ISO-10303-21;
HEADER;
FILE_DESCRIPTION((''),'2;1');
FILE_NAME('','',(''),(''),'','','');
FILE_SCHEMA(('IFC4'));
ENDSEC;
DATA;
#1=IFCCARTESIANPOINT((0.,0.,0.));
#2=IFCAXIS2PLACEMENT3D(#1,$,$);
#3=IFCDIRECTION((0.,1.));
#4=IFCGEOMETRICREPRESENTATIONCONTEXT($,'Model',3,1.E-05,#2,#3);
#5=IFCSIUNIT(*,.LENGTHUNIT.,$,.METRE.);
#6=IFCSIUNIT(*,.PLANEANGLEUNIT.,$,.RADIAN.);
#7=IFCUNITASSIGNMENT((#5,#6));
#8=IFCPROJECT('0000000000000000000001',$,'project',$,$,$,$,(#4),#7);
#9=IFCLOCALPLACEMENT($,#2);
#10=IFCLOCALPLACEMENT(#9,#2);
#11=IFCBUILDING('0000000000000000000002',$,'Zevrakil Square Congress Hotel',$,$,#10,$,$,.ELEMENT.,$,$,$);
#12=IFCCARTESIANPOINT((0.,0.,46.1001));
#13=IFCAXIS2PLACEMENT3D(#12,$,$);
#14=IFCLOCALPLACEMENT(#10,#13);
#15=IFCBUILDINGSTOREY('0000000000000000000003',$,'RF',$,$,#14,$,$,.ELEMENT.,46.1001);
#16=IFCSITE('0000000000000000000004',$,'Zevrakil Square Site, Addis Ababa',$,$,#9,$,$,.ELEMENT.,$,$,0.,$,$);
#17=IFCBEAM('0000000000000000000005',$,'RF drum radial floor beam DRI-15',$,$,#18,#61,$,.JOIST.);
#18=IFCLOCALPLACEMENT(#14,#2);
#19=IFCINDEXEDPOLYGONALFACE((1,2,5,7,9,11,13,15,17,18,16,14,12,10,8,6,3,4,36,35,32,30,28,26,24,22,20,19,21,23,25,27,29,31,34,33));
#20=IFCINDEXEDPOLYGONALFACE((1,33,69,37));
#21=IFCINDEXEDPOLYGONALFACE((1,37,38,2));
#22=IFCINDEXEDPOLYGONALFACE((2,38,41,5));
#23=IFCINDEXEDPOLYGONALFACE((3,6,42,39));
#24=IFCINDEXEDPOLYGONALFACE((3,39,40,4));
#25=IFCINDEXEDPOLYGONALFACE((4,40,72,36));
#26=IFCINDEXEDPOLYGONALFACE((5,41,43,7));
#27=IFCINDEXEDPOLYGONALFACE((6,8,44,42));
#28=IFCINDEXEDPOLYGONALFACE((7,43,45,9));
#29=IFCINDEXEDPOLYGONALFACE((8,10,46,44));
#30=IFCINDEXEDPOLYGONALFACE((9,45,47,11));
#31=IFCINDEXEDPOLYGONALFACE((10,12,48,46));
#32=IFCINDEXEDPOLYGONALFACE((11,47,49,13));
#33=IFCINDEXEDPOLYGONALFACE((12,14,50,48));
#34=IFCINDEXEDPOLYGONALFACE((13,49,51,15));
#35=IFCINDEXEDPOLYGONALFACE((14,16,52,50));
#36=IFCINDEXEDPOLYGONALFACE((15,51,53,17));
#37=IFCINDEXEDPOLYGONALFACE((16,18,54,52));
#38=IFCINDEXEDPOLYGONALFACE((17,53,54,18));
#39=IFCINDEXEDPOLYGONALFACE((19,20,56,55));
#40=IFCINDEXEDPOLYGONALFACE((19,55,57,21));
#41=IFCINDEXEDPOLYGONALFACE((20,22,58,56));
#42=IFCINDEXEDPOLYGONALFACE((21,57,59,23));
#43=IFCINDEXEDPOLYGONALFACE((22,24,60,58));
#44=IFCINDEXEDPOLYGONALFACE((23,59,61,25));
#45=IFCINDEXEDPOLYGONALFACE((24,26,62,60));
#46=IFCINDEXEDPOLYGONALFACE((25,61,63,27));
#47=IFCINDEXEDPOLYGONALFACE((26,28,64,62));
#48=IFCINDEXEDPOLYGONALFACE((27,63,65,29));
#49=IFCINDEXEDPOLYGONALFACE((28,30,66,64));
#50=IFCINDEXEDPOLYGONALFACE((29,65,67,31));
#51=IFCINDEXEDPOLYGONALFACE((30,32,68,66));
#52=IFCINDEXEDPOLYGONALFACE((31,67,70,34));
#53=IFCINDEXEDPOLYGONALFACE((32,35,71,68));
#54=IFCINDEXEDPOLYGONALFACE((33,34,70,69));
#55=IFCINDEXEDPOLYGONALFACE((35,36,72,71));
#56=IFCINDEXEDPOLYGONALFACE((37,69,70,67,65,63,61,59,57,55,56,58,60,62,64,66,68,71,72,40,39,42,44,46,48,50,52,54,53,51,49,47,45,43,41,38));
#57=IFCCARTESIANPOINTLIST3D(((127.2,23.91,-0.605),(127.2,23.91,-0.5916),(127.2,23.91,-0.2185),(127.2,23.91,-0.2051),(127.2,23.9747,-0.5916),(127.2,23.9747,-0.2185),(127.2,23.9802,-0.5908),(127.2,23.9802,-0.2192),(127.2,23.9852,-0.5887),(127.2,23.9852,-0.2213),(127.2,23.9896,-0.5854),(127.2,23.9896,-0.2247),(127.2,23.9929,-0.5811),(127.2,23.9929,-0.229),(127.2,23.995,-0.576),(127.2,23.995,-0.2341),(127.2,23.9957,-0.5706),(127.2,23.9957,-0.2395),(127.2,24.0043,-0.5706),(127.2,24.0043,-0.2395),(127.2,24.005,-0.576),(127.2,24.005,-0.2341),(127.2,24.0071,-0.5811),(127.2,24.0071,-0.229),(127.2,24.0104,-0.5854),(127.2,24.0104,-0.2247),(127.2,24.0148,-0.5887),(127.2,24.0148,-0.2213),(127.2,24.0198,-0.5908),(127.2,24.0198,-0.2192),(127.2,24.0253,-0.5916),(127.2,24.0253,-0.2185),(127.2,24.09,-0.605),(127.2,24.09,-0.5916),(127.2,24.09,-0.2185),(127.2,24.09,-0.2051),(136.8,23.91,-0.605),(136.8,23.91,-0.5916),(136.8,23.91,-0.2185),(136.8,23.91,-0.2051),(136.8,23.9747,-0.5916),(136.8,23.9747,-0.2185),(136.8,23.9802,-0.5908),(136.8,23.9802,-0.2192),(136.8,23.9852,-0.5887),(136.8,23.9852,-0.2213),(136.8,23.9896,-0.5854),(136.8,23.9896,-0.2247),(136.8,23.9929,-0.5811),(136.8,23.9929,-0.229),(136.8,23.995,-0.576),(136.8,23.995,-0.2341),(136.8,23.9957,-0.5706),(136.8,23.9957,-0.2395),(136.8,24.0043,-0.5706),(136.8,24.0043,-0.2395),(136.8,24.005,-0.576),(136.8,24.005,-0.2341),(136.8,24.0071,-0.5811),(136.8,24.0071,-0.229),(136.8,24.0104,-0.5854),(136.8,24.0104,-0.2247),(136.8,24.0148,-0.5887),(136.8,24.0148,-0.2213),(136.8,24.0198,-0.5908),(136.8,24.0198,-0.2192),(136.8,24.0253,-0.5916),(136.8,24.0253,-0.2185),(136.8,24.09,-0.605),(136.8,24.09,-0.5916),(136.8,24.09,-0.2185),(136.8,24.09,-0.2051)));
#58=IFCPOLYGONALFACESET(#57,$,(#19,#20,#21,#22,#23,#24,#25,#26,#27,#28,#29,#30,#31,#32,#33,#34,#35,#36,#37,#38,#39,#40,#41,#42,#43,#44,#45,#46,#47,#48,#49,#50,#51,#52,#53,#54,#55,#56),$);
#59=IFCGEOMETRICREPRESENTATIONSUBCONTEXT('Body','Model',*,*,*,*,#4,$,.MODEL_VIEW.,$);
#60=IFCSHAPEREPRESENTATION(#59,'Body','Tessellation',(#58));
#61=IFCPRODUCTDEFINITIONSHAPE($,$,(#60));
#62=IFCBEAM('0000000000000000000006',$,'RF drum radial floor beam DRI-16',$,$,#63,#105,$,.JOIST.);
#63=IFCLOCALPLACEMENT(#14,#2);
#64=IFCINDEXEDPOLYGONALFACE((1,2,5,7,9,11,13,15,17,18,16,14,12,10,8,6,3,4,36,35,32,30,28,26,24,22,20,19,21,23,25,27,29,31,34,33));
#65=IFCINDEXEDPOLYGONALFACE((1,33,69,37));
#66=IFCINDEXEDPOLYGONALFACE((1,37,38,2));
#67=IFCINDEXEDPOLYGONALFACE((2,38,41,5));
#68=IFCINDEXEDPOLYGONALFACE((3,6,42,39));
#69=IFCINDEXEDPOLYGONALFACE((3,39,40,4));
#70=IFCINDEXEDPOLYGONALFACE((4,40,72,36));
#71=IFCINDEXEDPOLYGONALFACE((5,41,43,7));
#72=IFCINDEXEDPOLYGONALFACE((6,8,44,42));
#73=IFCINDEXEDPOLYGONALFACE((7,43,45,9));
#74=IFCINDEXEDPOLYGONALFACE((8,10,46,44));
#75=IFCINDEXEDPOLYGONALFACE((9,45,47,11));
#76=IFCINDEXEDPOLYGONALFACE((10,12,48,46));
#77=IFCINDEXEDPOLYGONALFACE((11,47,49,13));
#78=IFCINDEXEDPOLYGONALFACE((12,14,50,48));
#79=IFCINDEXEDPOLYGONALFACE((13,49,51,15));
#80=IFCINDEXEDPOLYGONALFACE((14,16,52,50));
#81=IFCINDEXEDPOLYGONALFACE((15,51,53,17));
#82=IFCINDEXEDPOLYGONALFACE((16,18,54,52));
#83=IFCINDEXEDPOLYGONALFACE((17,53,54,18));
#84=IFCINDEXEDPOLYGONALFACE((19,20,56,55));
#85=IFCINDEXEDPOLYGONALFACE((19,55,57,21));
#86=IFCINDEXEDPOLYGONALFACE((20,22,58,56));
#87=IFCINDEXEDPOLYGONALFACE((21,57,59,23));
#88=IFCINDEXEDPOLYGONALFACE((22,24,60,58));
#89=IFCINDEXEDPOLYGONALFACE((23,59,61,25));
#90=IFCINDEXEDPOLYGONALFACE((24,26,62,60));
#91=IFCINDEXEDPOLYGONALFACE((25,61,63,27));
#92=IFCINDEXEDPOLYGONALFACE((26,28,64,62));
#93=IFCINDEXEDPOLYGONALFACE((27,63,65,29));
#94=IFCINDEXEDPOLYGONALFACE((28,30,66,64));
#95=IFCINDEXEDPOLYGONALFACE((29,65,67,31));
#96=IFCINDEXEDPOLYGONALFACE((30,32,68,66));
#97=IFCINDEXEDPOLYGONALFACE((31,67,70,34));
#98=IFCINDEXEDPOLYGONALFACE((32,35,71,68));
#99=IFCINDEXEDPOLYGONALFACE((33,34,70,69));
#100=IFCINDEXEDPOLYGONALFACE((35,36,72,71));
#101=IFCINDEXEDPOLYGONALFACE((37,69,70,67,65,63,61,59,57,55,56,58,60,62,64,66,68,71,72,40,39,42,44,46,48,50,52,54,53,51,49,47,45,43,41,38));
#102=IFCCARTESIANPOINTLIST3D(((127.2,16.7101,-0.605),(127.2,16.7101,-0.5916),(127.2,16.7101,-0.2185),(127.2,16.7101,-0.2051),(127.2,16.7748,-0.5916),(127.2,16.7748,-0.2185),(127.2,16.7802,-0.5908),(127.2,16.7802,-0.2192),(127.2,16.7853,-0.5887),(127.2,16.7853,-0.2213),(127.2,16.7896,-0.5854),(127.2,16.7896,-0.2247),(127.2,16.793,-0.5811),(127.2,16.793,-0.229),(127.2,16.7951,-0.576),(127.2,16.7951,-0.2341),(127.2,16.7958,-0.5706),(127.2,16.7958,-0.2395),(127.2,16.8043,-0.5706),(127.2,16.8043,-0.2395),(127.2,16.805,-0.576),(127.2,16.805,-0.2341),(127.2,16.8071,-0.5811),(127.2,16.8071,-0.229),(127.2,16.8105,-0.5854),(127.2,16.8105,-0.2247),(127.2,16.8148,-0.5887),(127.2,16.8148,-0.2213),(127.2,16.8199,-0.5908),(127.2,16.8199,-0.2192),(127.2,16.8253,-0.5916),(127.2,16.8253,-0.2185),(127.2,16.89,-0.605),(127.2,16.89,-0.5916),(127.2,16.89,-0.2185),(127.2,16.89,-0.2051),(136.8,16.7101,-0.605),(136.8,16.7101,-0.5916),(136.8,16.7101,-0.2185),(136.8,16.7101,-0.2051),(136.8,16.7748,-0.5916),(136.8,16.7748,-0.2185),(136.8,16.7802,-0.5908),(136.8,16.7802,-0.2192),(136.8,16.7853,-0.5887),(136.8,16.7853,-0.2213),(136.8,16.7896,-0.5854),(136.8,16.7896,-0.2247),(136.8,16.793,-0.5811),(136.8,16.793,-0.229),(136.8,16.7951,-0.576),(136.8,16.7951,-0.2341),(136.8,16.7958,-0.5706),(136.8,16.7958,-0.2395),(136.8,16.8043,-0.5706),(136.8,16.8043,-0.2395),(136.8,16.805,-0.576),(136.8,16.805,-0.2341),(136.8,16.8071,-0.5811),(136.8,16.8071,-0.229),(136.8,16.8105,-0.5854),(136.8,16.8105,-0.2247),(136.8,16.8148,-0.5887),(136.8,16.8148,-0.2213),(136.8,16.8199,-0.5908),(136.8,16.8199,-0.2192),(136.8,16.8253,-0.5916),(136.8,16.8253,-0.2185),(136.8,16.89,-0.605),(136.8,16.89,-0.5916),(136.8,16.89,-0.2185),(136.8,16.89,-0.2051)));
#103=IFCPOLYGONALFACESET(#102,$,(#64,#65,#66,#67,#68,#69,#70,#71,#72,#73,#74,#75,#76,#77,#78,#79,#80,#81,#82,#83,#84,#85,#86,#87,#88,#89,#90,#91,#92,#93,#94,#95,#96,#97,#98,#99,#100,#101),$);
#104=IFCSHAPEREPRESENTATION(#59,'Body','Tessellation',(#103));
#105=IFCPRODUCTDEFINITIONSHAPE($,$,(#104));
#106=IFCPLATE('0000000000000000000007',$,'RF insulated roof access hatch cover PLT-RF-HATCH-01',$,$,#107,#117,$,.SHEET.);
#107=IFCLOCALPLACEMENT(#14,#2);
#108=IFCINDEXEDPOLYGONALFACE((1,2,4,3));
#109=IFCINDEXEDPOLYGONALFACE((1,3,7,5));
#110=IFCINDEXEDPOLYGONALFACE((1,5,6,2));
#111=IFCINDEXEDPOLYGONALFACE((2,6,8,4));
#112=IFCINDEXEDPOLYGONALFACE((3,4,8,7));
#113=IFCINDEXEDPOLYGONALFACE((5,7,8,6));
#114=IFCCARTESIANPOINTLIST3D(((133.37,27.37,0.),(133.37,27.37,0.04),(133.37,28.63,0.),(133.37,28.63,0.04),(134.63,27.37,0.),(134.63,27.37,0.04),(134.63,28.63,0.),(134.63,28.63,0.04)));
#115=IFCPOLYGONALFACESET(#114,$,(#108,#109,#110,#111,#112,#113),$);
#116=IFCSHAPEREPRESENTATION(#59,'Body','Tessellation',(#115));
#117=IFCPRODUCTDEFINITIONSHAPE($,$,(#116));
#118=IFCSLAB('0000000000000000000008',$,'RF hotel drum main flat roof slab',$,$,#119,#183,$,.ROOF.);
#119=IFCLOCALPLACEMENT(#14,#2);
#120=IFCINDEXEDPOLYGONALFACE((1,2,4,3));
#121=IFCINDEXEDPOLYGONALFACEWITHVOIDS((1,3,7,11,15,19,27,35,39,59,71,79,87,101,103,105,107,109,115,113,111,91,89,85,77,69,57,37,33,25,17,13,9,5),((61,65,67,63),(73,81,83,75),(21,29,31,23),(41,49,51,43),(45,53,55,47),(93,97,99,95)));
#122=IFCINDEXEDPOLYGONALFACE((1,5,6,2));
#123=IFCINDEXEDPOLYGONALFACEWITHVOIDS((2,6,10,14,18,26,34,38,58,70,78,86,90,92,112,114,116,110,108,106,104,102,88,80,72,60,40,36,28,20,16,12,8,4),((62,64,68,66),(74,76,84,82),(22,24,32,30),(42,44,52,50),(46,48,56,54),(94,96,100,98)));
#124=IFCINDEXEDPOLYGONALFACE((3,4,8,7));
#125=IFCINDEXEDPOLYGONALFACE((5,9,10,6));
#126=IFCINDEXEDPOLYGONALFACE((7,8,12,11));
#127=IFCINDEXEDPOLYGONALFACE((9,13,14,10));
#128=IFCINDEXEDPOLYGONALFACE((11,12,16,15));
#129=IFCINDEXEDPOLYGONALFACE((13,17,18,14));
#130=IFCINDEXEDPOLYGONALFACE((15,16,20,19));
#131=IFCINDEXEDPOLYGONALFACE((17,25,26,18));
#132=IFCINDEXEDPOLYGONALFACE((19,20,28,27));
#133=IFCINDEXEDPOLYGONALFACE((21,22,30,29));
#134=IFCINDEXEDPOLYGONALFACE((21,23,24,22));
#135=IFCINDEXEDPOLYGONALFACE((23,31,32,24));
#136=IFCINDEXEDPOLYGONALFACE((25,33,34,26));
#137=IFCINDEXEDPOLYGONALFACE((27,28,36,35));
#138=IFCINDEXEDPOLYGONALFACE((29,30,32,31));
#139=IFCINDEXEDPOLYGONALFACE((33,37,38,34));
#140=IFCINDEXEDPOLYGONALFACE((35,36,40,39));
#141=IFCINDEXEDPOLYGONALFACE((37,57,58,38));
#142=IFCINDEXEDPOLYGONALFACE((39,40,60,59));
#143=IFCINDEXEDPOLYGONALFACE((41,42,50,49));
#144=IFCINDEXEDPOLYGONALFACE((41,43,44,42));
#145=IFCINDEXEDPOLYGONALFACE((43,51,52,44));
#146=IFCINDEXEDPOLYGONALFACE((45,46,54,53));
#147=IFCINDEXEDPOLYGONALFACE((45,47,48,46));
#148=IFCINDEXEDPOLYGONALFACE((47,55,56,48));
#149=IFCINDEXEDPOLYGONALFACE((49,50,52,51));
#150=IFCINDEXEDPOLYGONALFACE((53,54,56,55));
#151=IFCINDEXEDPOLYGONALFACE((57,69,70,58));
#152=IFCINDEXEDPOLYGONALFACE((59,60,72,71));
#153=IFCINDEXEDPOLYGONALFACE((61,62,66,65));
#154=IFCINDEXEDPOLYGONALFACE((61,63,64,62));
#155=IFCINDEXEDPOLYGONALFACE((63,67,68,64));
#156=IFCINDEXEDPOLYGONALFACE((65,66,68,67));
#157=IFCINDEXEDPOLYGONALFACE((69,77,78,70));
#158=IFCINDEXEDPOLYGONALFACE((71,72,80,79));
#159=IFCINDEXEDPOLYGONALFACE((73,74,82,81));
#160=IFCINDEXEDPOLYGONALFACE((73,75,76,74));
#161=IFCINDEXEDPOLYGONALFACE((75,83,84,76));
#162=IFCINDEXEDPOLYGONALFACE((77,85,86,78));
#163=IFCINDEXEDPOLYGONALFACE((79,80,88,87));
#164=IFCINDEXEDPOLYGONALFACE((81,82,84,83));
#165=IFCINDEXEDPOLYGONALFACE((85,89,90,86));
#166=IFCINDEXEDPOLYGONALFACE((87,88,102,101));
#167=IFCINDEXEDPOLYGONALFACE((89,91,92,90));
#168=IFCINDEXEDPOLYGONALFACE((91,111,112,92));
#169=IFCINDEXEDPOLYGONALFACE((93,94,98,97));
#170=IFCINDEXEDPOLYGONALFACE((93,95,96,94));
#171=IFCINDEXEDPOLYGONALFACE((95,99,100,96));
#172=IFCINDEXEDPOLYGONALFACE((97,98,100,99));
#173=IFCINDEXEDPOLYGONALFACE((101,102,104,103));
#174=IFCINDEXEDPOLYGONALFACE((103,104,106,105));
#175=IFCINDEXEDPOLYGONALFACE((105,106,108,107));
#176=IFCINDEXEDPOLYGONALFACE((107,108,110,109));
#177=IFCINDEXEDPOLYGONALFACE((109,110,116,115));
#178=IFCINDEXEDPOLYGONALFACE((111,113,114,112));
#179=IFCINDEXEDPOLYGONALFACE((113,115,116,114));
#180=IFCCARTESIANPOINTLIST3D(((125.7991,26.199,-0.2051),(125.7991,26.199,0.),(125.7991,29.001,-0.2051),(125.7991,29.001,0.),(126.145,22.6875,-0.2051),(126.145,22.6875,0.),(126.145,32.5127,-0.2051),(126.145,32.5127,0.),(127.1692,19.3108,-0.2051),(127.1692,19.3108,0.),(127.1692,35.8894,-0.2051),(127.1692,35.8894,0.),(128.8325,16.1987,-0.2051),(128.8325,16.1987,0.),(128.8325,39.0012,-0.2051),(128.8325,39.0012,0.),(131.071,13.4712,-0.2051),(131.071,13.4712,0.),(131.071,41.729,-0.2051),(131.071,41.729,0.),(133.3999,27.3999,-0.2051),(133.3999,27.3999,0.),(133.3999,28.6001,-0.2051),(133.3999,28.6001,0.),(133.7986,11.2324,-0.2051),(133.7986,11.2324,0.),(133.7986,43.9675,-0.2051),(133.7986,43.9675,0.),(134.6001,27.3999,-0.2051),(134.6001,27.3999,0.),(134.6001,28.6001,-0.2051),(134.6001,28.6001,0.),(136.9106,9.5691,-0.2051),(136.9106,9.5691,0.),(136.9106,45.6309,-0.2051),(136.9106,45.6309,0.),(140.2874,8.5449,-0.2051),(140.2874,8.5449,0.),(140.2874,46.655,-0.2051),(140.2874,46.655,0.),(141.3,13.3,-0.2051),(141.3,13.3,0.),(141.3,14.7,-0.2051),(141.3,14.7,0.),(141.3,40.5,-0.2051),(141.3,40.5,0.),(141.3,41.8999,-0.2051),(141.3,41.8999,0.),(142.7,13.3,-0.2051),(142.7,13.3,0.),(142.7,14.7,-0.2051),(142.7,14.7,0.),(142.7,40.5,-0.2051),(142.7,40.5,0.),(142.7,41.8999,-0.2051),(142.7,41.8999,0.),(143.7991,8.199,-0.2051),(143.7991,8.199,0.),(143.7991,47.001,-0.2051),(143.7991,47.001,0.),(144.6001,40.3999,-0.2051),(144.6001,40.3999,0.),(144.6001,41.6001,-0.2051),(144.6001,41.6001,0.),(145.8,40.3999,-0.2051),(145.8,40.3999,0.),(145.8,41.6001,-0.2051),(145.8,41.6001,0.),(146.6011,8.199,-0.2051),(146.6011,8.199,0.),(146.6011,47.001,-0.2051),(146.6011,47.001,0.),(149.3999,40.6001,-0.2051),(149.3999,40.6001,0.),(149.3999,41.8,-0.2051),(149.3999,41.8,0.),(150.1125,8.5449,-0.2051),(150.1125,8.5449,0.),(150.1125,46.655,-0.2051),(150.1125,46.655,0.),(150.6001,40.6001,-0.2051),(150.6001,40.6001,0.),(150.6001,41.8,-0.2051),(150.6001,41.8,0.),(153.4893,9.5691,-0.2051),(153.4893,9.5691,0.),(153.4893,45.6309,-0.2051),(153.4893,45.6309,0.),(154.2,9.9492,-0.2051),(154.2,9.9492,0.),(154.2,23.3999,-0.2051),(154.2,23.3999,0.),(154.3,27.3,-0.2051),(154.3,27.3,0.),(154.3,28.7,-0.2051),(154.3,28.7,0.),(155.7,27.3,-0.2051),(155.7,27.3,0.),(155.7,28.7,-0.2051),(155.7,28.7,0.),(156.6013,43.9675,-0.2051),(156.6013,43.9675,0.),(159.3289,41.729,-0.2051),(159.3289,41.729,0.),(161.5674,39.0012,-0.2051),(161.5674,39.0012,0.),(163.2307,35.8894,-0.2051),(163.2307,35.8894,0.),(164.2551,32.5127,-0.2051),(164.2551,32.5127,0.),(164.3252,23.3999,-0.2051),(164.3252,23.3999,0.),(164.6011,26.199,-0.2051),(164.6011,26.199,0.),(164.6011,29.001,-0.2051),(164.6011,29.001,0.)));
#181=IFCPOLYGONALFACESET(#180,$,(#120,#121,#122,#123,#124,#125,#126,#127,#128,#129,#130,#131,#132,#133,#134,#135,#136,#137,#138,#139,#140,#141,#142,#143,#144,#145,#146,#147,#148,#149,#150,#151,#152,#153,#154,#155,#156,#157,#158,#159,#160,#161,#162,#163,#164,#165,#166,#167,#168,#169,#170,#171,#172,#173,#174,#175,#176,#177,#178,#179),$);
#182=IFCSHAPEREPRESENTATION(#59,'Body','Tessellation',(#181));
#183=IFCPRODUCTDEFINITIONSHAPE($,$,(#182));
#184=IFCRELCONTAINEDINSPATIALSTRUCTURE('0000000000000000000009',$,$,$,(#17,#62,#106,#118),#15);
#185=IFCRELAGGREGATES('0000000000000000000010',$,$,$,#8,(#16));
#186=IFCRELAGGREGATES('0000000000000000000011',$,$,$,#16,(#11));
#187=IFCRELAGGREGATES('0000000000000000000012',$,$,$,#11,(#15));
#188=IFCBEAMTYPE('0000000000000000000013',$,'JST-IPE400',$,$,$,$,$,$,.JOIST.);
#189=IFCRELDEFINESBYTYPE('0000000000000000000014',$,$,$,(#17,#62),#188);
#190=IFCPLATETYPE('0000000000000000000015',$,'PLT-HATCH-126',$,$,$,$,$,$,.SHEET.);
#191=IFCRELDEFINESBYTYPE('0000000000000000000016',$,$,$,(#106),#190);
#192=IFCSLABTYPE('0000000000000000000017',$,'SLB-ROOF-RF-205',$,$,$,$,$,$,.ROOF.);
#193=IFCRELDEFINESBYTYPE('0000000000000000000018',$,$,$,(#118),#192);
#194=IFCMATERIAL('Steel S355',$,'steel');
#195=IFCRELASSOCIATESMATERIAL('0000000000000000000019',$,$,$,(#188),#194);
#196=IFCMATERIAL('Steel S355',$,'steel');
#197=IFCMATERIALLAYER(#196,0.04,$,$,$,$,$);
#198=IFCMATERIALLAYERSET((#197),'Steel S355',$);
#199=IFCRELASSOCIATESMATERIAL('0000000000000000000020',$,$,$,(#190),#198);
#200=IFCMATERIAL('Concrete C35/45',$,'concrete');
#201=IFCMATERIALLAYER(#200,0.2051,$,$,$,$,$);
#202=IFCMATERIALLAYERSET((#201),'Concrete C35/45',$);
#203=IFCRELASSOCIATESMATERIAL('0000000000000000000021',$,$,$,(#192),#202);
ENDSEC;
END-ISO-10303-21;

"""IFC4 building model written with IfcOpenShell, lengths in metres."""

from ifc_helpers import new_model, si_unit, direction, frame, origin, origin_2d, place, context, subcontext, project, spatial, polyline, rectangle, i_section, outline, extrude, material, layer, layer_set, material_profile, profile_set, type_object, element, save


model = new_model("IFC4")

# Units and contexts
model_context = context("Model", 3, precision=1e-05, world=origin(), true_north=direction((0.0, 1.0)))
body_context = subcontext(model_context, "Body", "Model", "MODEL_VIEW")
ifc_project = project(units=[si_unit("LENGTHUNIT", "METRE"), si_unit("PLANEANGLEUNIT", "RADIAN")], contexts=[model_context])

# Site, building, storey
site_placement = place(None, origin())
site = spatial("IfcSite", under=ifc_project, at=site_placement, Name="Zevrakil Square Site, Addis Ababa", CompositionType="ELEMENT", RefElevation=0.0)
building_placement = place(site_placement, origin())
building = spatial("IfcBuilding", under=site, at=building_placement, Name="Zevrakil Square Congress Hotel", CompositionType="ELEMENT")
storey_placement = place(building_placement, frame((0.0, 0.0, 46.1001)))
storey = spatial("IfcBuildingStorey", under=building, at=storey_placement, Name="RF", CompositionType="ELEMENT", Elevation=46.1001)

# Beams
ifc_material_1 = material(Name="Steel S355", Category="steel")
ifc_material_profile_1 = material_profile(ifc_material_1, i_section(OverallWidth=0.1799, OverallDepth=0.3999, WebThickness=0.0085, FlangeThickness=0.0134, FilletRadius=0.021, at=origin_2d()), Name="IPE 400")
ifc_profile_set_1 = profile_set([ifc_material_profile_1], Name="Steel S355")
beam_type_1 = type_object("IfcBeamType", Name="JST-IPE400", PredefinedType="JOIST", material=ifc_profile_set_1)
for number, where, z_axis, x_axis, name in (
    (1, (136.8, 24.0, -0.405), (-1.0, 0.0, 0.0), (0.0, -1.0, 0.0), "RF drum radial floor beam DRI-15"),
    (2, (136.8, 16.8, -0.405), (-1.0, 0.0, 0.0), (0.0, -1.0, 0.0), "RF drum radial floor beam DRI-16"),
):
    element("IfcBeam", number, at=place(storey_placement, frame(where, z_axis=z_axis, x_axis=x_axis)), inside=storey, type_object=beam_type_1, Name=name, PredefinedType="JOIST", context=body_context, shape_type="SweptSolid", body=[
        extrude(i_section(OverallWidth=0.1799, OverallDepth=0.3999, WebThickness=0.0085, FlangeThickness=0.0134, FilletRadius=0.021, at=origin_2d()), origin(), (0.0, 0.0, 1.0), 9.6001),
    ])

# Plate
ifc_material_2 = material(Name="Steel S355", Category="steel")
ifc_layer_1 = layer(ifc_material_2, 0.04)
ifc_layer_set_1 = layer_set([ifc_layer_1], Name="Steel S355")
plate_type = type_object("IfcPlateType", Name="PLT-HATCH-126", PredefinedType="SHEET", material=ifc_layer_set_1)
plate_placement = place(storey_placement, frame((134.0, 28.0, 0.0), z_axis=(0.0, 0.0, 1.0), x_axis=(1.0, 0.0, 0.0)))
element("IfcPlate", 3, at=plate_placement, inside=storey, type_object=plate_type, Name="RF insulated roof access hatch cover PLT-RF-HATCH-01", PredefinedType="SHEET", context=body_context, shape_type="SweptSolid", body=[
    extrude(rectangle(XDim=1.26, YDim=1.26, at=origin_2d()), origin(), (0.0, 0.0, 1.0), 0.04),
])

# Slab
ifc_material_3 = material(Name="Concrete C35/45", Category="concrete")
ifc_layer_2 = layer(ifc_material_3, 0.2051)
ifc_layer_set_2 = layer_set([ifc_layer_2], Name="Concrete C35/45")
slab_type = type_object("IfcSlabType", Name="SLB-ROOF-RF-205", PredefinedType="ROOF", material=ifc_layer_set_2)
slab_placement = place(storey_placement, frame((0.0, 0.0, -0.2051)))
element("IfcSlab", 4, at=slab_placement, inside=storey, type_object=slab_type, Name="RF hotel drum main flat roof slab", PredefinedType="ROOF", context=body_context, shape_type="SweptSolid", body=[
    extrude(outline(polyline([(153.4893, 9.5691), (150.1125, 8.5449), (146.6011, 8.199), (143.7991, 8.199), (140.2874, 8.5449), (136.9106, 9.5691), (133.7986, 11.2324), (131.071, 13.4712), (128.8325, 16.1987), (127.1692, 19.3108), (126.145, 22.6875), (125.7991, 26.199), (125.7991, 29.001), (126.145, 32.5127), (127.1692, 35.8894), (128.8325, 39.0012), (131.071, 41.729), (133.7986, 43.9675), (136.9106, 45.6309), (140.2874, 46.655), (143.7991, 47.001), (146.6011, 47.001), (150.1125, 46.655), (153.4893, 45.6309), (156.6013, 43.9675), (159.3289, 41.729), (161.5674, 39.0012), (163.2307, 35.8894), (164.2551, 32.5127), (164.6011, 29.001), (164.6011, 26.199), (164.3252, 23.3999), (154.2, 23.3999), (154.2, 9.9492), (153.4893, 9.5691)]), holes=[polyline([(133.3999, 27.3999), (134.6001, 27.3999), (134.6001, 28.6001), (133.3999, 28.6001), (133.3999, 27.3999)]), polyline([(154.3, 27.3), (155.7, 27.3), (155.7, 28.7), (154.3, 28.7), (154.3, 27.3)]), polyline([(144.6001, 40.3999), (145.8, 40.3999), (145.8, 41.6001), (144.6001, 41.6001), (144.6001, 40.3999)]), polyline([(141.3, 13.3), (142.7, 13.3), (142.7, 14.7), (141.3, 14.7), (141.3, 13.3)]), polyline([(149.3999, 40.6001), (150.6001, 40.6001), (150.6001, 41.8), (149.3999, 41.8), (149.3999, 40.6001)]), polyline([(141.3, 40.5), (142.7, 40.5), (142.7, 41.8999), (141.3, 41.8999), (141.3, 40.5)])]), origin(), (0.0, 0.0, 1.0), 0.2051),
])

save(model, "model.ifc")
